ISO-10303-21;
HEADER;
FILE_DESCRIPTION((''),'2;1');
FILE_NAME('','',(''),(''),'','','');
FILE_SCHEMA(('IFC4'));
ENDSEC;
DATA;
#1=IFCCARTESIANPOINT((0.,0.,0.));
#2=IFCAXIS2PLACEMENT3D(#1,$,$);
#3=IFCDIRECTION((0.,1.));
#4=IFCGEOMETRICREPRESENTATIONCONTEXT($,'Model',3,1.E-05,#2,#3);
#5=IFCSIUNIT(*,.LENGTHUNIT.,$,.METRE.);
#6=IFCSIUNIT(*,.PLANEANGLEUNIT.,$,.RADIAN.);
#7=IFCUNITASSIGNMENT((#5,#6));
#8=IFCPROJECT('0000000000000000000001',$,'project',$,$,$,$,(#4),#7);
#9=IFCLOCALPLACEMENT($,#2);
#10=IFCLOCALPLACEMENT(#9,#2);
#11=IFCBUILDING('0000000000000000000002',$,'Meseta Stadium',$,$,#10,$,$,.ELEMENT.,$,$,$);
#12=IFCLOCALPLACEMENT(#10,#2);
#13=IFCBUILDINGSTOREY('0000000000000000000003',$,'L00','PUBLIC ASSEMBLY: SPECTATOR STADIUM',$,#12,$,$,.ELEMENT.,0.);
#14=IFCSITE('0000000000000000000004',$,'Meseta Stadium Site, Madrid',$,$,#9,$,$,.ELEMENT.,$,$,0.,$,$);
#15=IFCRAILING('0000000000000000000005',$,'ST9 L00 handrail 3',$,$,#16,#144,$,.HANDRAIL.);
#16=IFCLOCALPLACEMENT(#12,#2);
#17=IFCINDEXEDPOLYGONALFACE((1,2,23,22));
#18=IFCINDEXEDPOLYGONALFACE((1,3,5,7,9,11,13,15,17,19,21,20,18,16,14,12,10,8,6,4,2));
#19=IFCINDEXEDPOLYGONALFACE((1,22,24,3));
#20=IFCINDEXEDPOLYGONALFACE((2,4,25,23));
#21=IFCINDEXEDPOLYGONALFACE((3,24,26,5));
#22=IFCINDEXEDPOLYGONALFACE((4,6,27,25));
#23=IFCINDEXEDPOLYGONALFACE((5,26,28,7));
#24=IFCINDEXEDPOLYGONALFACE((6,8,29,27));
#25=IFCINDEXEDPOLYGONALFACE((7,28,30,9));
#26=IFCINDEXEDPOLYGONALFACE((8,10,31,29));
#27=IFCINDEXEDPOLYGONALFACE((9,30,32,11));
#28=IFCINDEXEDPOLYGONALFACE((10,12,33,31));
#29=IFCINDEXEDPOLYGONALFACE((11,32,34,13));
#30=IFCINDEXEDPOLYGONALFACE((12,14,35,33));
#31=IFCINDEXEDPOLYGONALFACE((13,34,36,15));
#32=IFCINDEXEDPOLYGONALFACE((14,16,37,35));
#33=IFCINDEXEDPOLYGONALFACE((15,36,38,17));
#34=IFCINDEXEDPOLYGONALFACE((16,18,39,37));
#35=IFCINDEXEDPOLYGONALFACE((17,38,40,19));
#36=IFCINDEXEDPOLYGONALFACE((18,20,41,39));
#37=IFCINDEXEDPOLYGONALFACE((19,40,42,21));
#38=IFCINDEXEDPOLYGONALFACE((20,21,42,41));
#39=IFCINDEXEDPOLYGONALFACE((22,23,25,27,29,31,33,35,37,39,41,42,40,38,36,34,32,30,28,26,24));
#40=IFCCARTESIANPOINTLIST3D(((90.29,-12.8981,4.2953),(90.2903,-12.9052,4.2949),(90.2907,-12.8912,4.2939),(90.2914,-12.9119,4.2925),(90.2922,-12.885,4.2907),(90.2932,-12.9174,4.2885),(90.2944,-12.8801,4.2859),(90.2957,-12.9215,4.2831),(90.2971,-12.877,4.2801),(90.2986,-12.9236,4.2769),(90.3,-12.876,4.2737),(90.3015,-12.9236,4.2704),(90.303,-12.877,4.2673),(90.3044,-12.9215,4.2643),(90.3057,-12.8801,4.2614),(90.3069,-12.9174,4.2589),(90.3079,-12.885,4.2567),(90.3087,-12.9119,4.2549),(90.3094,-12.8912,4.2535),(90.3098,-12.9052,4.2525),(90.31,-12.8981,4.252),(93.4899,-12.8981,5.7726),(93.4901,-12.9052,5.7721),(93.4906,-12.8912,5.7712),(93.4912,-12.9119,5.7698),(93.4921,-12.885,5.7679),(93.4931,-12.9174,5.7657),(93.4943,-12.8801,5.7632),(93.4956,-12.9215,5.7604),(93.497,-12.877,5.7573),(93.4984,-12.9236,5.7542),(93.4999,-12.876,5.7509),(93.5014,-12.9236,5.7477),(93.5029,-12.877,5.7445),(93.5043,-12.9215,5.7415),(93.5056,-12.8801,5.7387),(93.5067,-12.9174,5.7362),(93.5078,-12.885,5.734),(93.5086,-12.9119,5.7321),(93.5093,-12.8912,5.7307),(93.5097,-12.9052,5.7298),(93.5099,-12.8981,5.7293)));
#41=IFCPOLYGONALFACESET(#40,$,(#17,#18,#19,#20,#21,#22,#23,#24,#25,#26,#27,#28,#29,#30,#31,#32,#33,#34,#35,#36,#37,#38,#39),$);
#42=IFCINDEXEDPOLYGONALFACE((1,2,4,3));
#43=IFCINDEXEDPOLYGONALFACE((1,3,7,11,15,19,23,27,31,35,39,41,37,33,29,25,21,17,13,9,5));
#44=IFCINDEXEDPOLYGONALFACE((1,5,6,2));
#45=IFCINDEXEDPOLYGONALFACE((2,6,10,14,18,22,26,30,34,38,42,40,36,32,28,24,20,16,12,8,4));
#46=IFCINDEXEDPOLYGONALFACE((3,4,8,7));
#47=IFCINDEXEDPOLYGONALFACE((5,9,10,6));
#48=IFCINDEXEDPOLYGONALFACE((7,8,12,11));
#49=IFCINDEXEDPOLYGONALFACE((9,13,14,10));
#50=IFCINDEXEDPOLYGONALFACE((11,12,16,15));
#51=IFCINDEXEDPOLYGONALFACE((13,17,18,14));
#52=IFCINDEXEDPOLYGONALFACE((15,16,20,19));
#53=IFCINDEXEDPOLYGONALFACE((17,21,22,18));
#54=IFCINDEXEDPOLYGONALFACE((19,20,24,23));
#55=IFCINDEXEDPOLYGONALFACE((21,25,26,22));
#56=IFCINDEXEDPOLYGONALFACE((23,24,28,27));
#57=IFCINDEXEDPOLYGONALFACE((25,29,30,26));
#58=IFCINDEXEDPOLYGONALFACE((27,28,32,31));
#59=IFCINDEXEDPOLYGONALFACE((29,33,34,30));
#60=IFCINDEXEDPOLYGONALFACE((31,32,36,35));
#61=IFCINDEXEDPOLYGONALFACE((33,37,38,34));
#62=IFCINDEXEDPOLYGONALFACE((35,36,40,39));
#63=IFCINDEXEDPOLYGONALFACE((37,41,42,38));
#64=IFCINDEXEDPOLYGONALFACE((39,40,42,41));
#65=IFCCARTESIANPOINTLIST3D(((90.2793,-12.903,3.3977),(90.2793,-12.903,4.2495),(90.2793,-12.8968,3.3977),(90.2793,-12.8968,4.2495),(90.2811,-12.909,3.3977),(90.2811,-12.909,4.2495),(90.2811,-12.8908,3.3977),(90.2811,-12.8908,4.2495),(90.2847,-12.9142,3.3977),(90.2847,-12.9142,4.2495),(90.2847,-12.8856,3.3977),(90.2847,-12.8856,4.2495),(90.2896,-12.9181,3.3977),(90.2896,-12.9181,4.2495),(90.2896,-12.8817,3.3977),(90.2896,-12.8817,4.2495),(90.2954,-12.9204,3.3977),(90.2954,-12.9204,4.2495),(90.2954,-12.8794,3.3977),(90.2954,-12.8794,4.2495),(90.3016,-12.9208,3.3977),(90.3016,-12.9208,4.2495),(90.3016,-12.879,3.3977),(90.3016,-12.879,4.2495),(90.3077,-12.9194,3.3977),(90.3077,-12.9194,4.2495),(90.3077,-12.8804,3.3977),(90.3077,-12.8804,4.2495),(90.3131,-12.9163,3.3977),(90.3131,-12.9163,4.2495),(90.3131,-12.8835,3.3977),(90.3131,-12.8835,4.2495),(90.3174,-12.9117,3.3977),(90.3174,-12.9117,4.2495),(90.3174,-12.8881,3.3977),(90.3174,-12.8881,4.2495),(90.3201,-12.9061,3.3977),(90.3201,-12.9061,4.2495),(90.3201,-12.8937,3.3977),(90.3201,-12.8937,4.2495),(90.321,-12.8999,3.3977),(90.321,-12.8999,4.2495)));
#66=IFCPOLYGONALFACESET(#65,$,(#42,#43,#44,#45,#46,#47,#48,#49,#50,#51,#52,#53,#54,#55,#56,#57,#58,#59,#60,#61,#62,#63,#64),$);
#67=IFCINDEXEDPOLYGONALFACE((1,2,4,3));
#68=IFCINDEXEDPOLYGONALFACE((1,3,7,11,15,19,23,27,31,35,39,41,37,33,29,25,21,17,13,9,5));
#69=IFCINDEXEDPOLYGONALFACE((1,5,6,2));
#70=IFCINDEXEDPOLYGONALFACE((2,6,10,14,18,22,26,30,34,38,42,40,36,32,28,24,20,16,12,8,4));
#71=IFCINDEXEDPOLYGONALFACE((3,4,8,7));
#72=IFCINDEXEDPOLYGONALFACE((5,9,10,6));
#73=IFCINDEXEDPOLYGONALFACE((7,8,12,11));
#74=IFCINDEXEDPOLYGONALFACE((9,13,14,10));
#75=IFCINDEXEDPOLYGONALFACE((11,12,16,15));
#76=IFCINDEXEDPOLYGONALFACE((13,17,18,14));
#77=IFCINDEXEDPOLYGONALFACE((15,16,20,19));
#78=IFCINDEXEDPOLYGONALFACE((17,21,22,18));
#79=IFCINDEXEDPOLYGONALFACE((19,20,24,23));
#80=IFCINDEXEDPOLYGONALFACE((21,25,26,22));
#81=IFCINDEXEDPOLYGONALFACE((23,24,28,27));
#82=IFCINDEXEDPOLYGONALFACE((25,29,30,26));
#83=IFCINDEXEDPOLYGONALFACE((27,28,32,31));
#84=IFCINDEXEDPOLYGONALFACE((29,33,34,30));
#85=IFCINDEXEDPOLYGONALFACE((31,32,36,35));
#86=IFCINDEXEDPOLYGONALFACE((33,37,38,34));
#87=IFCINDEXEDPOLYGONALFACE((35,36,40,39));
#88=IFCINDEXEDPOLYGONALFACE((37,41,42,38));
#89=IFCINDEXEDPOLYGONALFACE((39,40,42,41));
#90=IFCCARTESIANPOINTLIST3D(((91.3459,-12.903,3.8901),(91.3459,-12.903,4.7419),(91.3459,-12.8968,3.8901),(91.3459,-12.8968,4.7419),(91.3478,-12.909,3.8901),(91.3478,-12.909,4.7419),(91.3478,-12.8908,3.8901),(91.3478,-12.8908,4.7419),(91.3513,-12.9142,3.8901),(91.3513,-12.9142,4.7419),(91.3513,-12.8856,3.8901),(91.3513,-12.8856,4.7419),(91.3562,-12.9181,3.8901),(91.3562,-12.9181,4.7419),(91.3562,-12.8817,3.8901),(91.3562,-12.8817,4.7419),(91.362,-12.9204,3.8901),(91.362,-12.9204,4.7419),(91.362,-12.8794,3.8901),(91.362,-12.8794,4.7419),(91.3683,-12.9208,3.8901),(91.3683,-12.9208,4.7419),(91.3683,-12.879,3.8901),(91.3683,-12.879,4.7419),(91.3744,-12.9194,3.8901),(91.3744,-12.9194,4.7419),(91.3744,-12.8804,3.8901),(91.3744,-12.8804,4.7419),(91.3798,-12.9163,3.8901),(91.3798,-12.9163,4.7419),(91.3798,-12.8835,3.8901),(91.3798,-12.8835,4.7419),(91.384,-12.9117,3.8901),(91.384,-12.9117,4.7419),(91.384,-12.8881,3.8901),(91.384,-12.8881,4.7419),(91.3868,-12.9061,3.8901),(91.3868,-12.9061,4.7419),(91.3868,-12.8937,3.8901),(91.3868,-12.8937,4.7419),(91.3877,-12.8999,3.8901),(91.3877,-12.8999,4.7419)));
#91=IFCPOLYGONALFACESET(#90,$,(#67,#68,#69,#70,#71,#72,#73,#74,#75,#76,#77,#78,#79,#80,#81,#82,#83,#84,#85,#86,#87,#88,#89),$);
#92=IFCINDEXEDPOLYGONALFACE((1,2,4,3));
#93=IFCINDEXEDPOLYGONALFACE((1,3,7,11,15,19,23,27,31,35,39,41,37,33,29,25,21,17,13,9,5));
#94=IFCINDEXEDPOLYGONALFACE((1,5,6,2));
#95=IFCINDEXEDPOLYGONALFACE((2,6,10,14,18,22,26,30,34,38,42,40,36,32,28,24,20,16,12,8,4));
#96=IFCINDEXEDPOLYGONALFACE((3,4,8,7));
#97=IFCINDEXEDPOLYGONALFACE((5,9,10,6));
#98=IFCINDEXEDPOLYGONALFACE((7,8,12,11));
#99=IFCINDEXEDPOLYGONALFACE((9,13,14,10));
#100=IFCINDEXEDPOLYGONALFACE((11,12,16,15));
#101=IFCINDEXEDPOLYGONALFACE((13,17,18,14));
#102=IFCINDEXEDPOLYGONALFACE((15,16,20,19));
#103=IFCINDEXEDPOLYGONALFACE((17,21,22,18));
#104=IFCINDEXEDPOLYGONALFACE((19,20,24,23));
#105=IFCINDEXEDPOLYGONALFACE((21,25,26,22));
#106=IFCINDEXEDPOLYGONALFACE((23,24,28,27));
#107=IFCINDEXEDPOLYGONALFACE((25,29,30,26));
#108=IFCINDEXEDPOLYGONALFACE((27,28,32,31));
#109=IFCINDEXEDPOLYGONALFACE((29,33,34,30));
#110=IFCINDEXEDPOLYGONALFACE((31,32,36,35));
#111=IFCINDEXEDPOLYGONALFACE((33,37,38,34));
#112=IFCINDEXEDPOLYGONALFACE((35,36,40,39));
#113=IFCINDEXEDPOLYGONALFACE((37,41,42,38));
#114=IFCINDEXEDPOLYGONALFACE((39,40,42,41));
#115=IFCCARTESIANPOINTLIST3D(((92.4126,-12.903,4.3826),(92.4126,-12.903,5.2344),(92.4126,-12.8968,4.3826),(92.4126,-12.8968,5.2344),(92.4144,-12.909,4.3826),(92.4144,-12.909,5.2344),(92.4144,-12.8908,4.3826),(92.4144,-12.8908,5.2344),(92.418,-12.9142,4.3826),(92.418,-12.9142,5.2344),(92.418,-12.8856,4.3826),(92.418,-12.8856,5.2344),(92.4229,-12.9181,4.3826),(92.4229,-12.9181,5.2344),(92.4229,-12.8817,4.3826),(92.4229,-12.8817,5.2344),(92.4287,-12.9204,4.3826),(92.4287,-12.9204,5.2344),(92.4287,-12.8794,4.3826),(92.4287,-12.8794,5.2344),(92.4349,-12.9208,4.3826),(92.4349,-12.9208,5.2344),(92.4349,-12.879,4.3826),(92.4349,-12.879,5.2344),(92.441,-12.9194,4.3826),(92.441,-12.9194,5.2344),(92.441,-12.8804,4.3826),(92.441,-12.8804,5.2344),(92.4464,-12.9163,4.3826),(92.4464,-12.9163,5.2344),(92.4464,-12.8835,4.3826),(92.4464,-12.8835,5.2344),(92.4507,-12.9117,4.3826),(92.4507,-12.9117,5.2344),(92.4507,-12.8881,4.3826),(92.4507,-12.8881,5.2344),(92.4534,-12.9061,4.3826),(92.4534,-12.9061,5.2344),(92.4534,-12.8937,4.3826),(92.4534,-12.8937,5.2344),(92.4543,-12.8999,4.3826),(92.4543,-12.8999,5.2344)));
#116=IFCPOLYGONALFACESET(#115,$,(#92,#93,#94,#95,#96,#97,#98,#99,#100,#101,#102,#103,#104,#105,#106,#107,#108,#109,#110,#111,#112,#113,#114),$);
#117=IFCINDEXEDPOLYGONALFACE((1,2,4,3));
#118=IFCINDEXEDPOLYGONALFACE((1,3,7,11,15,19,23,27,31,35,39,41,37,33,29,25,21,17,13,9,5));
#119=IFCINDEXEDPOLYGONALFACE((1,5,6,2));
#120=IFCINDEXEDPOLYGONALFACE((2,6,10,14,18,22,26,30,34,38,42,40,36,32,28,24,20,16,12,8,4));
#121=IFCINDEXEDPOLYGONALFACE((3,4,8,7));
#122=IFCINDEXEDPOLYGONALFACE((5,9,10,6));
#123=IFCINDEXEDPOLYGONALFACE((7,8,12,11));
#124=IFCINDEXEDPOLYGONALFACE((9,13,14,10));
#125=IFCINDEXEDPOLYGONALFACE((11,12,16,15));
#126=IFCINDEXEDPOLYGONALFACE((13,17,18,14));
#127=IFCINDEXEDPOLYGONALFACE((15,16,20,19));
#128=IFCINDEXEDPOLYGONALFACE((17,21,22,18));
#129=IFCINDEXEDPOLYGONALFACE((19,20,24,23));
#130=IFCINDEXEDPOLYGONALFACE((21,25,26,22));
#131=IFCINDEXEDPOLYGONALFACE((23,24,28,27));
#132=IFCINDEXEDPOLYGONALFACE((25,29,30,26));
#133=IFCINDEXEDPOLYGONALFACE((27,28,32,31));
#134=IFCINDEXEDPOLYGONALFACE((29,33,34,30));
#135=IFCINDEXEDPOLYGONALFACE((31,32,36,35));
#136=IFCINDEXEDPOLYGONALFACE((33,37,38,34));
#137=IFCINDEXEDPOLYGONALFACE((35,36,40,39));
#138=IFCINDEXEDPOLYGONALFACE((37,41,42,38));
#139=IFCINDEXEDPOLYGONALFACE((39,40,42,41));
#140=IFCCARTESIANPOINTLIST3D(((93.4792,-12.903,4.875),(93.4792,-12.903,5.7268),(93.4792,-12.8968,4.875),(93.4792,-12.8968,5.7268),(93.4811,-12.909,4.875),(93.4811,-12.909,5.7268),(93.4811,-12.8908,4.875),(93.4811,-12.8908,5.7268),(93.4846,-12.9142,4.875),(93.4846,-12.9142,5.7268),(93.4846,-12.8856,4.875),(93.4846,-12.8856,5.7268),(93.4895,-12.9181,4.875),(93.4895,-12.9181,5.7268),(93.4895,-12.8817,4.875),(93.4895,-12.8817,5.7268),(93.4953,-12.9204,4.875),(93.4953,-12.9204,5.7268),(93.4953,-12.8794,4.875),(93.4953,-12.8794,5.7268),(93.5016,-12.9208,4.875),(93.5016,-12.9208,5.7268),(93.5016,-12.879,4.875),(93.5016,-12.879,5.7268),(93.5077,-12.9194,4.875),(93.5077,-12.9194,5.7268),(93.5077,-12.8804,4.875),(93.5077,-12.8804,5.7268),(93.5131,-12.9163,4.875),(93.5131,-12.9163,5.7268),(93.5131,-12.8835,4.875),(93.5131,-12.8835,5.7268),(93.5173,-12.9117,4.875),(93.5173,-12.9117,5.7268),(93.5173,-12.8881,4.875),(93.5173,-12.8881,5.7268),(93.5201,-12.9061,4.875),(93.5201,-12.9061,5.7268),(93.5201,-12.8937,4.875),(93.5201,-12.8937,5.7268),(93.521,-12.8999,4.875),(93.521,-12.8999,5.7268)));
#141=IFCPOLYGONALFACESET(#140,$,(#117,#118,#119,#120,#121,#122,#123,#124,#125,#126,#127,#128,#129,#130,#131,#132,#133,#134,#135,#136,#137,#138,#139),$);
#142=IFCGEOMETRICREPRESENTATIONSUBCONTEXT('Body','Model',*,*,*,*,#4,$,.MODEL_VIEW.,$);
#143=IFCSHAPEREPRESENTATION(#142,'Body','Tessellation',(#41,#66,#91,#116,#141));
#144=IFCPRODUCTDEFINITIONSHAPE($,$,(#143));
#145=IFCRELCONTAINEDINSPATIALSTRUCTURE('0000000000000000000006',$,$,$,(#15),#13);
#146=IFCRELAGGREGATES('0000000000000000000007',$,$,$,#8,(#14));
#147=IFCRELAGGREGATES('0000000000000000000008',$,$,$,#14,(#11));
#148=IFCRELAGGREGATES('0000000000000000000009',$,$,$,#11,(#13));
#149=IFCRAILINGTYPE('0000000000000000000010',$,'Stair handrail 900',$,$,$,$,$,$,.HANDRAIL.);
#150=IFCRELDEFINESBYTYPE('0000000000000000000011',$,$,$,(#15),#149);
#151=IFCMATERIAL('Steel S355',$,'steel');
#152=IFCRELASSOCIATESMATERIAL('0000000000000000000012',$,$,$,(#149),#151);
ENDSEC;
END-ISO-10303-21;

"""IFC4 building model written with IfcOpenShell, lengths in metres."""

from ifc_helpers import new_model, si_unit, direction, frame, origin, origin_2d, place, context, subcontext, project, spatial, circle, extrude, material, type_object, element, save


model = new_model("IFC4")

# Units and contexts
model_context = context("Model", 3, precision=1e-05, world=origin(), true_north=direction((0.0, 1.0)))
body_context = subcontext(model_context, "Body", "Model", "MODEL_VIEW")
ifc_project = project(units=[si_unit("LENGTHUNIT", "METRE"), si_unit("PLANEANGLEUNIT", "RADIAN")], contexts=[model_context])

# Site, building, storey
site_placement = place(None, origin())
site = spatial("IfcSite", under=ifc_project, at=site_placement, Name="Meseta Stadium Site, Madrid", CompositionType="ELEMENT", RefElevation=0.0)
building_placement = place(site_placement, origin())
building = spatial("IfcBuilding", under=site, at=building_placement, Name="Meseta Stadium", CompositionType="ELEMENT")
storey_placement = place(building_placement, origin())
storey = spatial("IfcBuildingStorey", under=building, at=storey_placement, Name="L00", Description="PUBLIC ASSEMBLY: SPECTATOR STADIUM", CompositionType="ELEMENT", Elevation=0.0)

# Railing
ifc_material_1 = material(Name="Steel S355", Category="steel")
railing_type_1 = type_object("IfcRailingType", Name="Stair handrail 900", PredefinedType="HANDRAIL", material=ifc_material_1)
for number, where, name in (
    (1, (90.3, -12.8999, 3.3977), "ST9 L00 handrail 3"),
):
    element("IfcRailing", number, at=place(storey_placement, frame(where)), inside=storey, type_object=railing_type_1, Name=name, PredefinedType="HANDRAIL", context=body_context, shape_type="SweptSolid", body=[
        extrude(circle(Radius=0.0239, at=origin_2d()), frame((0.0, 0.0, 0.876), z_axis=(0.907917, 0.0, 0.41915), x_axis=(0.0, 1.0, 0.0)), (0.0, 0.0, 1.0), 3.5244),
        extrude(circle(Radius=0.021, at=origin_2d()), origin(), (0.0, 0.0, 1.0), 0.8518),
        extrude(circle(Radius=0.021, at=origin_2d()), frame((1.0667, 0.0, 0.4924)), (0.0, 0.0, 1.0), 0.8518),
        extrude(circle(Radius=0.021, at=origin_2d()), frame((2.1333, 0.0, 0.9849)), (0.0, 0.0, 1.0), 0.8518),
        extrude(circle(Radius=0.021, at=origin_2d()), frame((3.2, 0.0, 1.4773)), (0.0, 0.0, 1.0), 0.8518),
    ])

save(model, "model.ifc")
